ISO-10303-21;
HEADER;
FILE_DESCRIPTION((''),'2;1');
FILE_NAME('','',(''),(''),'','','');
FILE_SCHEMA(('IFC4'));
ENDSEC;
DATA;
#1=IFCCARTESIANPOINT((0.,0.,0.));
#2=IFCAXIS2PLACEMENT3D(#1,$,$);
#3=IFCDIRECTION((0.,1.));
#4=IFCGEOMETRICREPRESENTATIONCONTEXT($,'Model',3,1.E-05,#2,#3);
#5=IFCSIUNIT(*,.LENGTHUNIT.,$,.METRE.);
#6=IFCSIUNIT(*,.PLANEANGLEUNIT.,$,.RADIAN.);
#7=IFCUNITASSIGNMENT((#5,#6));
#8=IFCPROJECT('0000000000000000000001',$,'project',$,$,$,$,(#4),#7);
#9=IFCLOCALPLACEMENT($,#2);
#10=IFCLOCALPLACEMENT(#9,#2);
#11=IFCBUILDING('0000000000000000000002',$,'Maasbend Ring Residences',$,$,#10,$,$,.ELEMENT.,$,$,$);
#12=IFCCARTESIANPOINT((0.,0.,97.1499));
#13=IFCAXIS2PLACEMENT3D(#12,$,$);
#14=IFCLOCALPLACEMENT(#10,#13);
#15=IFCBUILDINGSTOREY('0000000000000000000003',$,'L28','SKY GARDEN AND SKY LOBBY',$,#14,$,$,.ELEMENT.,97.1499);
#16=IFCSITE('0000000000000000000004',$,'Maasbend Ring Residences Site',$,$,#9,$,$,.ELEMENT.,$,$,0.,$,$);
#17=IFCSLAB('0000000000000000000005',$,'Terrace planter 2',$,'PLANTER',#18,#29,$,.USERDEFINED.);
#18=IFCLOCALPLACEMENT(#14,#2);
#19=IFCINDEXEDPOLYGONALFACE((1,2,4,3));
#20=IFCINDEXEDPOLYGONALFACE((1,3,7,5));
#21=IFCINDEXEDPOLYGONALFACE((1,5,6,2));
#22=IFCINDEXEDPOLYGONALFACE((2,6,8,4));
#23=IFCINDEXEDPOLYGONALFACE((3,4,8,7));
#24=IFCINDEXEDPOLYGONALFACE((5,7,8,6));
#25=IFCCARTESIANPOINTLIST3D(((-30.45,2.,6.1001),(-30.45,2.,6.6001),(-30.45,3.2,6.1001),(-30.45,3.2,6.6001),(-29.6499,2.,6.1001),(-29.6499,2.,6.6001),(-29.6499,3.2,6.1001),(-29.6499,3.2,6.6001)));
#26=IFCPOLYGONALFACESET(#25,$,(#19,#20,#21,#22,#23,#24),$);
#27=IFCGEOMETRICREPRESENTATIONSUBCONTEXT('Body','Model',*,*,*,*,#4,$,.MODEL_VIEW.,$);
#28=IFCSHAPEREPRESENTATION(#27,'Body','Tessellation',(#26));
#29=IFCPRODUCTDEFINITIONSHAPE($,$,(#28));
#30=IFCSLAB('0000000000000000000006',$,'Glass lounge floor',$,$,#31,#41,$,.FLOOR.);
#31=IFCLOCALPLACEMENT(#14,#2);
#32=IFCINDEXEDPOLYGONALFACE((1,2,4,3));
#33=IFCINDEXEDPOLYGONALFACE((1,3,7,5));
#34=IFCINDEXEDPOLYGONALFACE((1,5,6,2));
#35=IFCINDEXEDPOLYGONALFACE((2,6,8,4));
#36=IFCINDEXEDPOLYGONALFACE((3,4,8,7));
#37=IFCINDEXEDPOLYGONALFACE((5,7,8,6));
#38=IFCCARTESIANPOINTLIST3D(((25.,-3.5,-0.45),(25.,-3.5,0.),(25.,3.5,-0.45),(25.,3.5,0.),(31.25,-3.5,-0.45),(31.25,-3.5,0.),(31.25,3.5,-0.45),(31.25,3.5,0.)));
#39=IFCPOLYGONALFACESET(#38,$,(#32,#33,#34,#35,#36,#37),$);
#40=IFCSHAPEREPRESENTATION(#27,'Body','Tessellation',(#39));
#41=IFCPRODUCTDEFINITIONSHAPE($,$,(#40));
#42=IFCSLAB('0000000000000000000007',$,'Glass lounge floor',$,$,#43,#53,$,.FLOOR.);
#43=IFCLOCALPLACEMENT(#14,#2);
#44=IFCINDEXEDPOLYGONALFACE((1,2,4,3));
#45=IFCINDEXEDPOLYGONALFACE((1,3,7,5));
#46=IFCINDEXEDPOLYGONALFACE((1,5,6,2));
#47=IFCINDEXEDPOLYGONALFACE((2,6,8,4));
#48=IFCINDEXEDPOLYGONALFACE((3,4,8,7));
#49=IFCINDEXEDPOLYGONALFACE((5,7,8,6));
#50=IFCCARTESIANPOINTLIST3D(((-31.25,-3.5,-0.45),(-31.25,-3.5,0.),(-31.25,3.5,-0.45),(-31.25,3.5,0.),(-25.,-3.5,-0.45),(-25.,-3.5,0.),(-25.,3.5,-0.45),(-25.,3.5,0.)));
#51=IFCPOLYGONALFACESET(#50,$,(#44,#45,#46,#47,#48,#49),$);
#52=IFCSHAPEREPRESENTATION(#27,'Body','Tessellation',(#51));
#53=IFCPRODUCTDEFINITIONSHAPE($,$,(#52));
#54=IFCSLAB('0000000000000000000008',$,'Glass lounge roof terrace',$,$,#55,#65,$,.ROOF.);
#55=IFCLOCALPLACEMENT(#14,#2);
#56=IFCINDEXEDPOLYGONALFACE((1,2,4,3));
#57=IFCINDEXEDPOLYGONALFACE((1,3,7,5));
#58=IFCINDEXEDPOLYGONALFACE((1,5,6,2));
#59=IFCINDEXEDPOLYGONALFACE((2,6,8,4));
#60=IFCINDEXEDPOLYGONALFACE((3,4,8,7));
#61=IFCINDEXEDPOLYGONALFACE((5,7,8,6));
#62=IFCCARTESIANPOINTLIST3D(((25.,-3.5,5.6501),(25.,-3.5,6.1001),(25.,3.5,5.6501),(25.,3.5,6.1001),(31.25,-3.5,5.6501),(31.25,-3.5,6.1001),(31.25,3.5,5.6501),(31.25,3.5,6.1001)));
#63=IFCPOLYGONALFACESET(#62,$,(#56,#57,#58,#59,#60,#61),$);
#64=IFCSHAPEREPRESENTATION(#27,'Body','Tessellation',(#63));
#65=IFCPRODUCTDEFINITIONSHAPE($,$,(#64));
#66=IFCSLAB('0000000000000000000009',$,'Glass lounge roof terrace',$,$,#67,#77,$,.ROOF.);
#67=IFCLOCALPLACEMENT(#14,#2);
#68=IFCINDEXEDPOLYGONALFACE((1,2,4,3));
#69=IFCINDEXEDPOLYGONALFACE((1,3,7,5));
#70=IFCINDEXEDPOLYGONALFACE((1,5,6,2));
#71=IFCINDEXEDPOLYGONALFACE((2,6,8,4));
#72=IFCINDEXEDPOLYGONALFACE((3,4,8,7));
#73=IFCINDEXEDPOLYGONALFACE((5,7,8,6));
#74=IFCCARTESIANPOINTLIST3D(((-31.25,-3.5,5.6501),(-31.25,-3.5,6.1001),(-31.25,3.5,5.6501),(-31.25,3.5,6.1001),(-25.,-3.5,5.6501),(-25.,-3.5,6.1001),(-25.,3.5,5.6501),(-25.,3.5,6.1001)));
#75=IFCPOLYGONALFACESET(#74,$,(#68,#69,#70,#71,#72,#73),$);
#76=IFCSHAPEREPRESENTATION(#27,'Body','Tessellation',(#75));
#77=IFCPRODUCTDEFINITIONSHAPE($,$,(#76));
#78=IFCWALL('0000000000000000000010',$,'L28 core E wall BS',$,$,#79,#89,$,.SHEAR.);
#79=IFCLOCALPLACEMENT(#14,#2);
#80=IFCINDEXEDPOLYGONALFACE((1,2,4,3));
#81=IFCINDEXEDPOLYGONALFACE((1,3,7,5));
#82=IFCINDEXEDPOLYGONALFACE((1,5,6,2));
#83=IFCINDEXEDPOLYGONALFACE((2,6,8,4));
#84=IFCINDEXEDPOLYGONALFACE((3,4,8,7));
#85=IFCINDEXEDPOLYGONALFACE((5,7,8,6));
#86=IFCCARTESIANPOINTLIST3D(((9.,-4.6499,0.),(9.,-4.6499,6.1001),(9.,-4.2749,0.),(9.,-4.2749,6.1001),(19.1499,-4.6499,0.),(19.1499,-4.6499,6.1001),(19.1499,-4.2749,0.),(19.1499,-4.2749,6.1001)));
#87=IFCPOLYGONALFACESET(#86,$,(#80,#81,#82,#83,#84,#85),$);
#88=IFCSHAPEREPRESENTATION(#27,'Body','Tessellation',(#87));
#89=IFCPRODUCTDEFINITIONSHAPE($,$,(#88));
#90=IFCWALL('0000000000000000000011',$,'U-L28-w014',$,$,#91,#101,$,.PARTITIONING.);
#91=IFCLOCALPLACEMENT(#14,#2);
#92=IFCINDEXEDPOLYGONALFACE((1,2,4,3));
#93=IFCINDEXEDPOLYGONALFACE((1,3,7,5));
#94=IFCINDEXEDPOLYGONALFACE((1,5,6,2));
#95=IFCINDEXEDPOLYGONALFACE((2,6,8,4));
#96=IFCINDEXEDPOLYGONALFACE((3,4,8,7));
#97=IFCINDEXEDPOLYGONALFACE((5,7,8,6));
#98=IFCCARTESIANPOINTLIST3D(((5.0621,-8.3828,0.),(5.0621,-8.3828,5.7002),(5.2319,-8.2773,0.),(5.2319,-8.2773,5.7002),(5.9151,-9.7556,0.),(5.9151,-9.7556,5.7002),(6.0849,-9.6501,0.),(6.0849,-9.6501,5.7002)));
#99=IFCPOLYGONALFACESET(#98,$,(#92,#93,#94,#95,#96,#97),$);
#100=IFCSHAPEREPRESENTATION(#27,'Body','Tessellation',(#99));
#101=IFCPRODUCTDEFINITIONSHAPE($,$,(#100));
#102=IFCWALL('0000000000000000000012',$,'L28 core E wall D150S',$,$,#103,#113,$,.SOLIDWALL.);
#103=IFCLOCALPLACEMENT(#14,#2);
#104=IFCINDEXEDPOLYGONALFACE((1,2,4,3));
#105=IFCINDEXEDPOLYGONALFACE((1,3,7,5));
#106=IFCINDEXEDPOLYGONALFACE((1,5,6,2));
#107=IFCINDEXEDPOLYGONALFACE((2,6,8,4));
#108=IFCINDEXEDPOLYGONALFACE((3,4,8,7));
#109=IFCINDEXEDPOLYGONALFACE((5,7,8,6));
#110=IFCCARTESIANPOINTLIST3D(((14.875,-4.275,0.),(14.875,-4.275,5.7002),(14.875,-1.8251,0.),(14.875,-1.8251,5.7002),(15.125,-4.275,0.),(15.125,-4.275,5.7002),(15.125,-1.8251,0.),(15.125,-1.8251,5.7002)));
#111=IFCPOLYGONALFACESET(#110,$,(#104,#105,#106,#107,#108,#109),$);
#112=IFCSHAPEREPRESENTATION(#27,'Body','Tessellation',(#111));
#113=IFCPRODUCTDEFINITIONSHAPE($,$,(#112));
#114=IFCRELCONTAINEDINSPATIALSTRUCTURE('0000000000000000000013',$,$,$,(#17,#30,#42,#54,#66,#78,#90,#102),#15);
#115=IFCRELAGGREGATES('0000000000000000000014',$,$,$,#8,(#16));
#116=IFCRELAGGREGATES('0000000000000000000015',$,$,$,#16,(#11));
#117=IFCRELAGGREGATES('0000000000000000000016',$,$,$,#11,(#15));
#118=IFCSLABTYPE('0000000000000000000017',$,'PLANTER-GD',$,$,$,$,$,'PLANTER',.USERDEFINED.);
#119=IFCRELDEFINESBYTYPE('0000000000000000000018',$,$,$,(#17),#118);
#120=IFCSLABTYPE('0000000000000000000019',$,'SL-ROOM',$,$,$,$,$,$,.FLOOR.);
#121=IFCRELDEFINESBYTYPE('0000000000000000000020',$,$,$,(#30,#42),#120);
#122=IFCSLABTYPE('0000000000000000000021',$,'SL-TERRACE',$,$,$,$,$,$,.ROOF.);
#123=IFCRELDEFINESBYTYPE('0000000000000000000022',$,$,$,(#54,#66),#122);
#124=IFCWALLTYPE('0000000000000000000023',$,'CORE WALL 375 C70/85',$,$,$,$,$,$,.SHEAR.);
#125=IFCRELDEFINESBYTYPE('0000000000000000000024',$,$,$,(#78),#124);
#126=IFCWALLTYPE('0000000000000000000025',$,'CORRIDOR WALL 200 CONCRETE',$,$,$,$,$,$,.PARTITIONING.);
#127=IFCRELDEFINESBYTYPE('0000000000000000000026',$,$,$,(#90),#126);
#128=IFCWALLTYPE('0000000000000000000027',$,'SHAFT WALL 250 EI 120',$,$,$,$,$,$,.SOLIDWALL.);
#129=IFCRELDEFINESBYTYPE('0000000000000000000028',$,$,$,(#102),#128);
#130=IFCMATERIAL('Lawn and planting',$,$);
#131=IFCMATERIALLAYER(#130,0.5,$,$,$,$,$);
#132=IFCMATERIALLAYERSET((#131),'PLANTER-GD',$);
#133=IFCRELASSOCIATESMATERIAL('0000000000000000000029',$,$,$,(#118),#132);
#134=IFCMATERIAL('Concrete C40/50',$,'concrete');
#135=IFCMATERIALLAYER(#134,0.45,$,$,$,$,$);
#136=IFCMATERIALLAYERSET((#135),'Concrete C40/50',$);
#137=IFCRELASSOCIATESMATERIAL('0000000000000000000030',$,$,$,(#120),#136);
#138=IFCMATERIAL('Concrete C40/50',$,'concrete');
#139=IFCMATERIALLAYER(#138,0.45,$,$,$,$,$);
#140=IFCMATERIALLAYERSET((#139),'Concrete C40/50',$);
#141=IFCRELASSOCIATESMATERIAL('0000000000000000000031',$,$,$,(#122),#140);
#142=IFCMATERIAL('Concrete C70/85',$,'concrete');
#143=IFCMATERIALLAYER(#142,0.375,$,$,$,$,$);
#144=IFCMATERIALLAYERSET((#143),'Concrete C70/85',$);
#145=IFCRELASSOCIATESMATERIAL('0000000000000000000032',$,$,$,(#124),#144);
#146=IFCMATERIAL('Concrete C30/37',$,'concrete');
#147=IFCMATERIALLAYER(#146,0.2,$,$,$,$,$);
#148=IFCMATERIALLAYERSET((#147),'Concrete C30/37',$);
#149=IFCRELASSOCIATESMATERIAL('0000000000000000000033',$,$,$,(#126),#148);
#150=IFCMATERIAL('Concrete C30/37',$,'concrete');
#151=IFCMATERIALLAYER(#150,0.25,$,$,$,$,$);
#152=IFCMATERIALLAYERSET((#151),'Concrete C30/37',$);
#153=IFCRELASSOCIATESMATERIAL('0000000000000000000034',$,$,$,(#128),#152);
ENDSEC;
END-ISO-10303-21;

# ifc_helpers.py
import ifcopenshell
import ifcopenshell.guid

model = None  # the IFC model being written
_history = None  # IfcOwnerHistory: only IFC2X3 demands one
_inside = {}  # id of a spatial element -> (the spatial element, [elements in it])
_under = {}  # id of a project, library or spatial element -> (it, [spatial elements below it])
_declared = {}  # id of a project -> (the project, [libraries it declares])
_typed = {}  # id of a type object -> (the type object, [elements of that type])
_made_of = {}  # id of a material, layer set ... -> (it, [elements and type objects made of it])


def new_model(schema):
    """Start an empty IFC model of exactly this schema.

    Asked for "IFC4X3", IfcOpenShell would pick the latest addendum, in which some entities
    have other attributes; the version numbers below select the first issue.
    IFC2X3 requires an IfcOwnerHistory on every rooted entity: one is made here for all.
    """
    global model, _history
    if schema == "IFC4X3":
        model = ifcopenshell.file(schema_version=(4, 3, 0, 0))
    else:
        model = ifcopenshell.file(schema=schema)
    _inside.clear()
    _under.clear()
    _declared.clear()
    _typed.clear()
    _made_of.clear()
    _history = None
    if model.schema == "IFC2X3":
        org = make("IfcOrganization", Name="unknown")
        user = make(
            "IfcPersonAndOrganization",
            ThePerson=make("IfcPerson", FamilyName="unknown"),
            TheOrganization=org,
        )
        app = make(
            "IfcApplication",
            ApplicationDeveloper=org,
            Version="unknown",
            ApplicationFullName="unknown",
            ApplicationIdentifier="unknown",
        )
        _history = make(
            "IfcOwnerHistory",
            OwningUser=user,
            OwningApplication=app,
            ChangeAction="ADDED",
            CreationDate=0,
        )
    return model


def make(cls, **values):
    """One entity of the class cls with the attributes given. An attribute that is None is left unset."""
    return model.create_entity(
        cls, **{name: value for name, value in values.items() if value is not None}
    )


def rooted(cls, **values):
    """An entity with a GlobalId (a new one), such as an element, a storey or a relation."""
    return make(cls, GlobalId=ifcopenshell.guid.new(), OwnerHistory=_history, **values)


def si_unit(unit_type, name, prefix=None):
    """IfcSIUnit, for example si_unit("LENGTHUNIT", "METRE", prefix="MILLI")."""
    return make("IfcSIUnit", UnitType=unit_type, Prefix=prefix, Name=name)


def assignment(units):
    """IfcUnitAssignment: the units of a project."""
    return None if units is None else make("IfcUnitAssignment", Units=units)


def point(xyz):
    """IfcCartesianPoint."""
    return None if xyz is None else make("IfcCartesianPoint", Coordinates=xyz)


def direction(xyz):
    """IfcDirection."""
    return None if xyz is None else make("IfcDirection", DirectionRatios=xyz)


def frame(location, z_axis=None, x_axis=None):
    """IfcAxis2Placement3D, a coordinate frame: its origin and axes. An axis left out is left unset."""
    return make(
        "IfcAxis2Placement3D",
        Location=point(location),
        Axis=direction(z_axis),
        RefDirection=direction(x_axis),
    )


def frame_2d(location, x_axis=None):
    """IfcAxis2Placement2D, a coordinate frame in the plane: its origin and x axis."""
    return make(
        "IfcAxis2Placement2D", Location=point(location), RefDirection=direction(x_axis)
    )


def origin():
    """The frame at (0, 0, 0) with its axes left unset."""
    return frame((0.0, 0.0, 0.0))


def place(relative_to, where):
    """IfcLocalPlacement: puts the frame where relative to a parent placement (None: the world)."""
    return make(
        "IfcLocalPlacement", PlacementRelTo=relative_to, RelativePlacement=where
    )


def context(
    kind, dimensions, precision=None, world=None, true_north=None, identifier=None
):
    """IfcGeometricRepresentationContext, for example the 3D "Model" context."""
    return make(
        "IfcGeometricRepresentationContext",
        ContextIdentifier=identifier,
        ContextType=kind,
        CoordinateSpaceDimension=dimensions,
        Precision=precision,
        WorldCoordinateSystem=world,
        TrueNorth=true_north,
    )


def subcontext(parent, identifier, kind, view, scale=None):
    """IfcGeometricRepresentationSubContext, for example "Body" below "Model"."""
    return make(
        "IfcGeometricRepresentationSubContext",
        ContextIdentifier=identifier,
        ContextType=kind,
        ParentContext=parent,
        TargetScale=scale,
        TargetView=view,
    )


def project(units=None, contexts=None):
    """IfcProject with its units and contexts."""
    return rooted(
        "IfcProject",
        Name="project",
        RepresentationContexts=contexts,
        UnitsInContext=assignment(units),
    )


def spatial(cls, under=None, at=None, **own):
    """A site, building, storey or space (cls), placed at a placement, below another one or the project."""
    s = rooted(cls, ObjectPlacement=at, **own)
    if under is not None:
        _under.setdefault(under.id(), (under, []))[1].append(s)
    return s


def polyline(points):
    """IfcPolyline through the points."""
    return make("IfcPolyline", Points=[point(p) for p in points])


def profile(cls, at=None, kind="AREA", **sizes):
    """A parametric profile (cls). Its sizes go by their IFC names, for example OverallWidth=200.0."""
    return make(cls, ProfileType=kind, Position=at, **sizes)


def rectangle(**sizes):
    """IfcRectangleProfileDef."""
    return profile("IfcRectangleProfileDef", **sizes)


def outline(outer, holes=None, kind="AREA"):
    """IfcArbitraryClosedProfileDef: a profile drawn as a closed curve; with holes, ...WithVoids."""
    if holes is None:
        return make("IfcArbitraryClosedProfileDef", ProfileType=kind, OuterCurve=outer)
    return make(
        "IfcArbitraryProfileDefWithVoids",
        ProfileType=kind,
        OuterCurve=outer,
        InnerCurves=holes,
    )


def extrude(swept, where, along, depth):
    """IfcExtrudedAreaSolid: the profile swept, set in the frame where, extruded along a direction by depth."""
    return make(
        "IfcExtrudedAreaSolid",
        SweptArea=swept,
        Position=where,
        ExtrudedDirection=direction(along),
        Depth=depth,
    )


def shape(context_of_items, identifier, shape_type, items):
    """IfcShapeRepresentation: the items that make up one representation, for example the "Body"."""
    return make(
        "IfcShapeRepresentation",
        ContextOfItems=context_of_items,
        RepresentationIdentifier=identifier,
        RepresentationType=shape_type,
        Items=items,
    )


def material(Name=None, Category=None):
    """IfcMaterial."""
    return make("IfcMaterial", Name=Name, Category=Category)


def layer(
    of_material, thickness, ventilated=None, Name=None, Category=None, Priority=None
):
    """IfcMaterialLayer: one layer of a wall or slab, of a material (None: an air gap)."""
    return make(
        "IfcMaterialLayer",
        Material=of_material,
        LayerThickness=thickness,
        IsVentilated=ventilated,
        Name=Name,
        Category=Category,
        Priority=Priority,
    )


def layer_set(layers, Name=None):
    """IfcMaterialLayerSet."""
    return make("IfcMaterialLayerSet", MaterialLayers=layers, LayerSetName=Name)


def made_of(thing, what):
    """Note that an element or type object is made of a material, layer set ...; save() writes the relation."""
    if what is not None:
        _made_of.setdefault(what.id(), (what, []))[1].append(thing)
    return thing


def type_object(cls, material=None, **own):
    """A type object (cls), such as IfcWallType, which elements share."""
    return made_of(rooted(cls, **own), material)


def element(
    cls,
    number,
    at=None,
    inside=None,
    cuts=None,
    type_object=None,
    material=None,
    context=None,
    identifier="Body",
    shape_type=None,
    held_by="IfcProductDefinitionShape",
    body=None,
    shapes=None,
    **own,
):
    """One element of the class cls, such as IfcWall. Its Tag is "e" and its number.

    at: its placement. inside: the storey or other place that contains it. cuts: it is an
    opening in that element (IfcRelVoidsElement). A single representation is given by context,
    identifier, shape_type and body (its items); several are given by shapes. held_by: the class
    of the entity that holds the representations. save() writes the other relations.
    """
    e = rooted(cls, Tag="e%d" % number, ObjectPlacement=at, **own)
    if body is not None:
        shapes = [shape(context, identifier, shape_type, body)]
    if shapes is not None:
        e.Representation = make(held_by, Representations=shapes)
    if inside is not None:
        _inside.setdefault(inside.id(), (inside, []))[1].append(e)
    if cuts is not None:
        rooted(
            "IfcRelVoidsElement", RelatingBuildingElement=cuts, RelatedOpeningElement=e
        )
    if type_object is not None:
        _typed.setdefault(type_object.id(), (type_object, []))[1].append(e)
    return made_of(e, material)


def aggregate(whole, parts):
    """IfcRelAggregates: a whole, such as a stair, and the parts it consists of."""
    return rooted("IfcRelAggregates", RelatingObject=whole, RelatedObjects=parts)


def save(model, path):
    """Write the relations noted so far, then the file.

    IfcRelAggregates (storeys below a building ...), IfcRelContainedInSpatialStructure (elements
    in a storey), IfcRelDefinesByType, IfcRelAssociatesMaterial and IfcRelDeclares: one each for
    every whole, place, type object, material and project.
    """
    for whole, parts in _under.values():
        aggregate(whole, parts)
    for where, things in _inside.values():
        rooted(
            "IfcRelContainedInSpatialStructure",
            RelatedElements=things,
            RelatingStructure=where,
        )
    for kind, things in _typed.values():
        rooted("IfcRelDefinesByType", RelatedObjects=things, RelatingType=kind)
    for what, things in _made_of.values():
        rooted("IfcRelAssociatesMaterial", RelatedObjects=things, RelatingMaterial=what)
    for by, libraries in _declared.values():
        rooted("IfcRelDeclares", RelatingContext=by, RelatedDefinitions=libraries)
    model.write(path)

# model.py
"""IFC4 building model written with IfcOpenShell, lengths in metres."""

from ifc_helpers import new_model, si_unit, direction, frame, frame_2d, origin, place, context, subcontext, project, spatial, polyline, rectangle, outline, extrude, material, layer, layer_set, type_object, element, save


model = new_model("IFC4")

# Units and contexts
model_context = context("Model", 3, precision=1e-05, world=origin(), true_north=direction((0.0, 1.0)))
body_context = subcontext(model_context, "Body", "Model", "MODEL_VIEW")
ifc_project = project(units=[si_unit("LENGTHUNIT", "METRE"), si_unit("PLANEANGLEUNIT", "RADIAN")], contexts=[model_context])

# Site, building, storey
site_placement = place(None, origin())
site = spatial("IfcSite", under=ifc_project, at=site_placement, Name="Maasbend Ring Residences Site", CompositionType="ELEMENT", RefElevation=0.0)
building_placement = place(site_placement, origin())
building = spatial("IfcBuilding", under=site, at=building_placement, Name="Maasbend Ring Residences", CompositionType="ELEMENT")
storey_placement = place(building_placement, frame((0.0, 0.0, 97.1499)))
storey = spatial("IfcBuildingStorey", under=building, at=storey_placement, Name="L28", Description="SKY GARDEN AND SKY LOBBY", CompositionType="ELEMENT", Elevation=97.1499)

# Slabs
ifc_material_1 = material(Name="Lawn and planting")
ifc_layer_1 = layer(ifc_material_1, 0.5)
ifc_layer_set_1 = layer_set([ifc_layer_1], Name="PLANTER-GD")
slab_type_1 = type_object("IfcSlabType", Name="PLANTER-GD", ElementType="PLANTER", PredefinedType="USERDEFINED", material=ifc_layer_set_1)
slab_1_placement = place(storey_placement, frame((0.0, 0.0, 6.1001)))
element("IfcSlab", 1, at=slab_1_placement, inside=storey, type_object=slab_type_1, Name="Terrace planter 2", ObjectType="PLANTER", PredefinedType="USERDEFINED", context=body_context, shape_type="SweptSolid", body=[
    extrude(outline(polyline([(-30.45, 2.0), (-29.6499, 2.0), (-29.6499, 3.2), (-30.45, 3.2), (-30.45, 2.0)])), origin(), (0.0, 0.0, 1.0), 0.5),
])
ifc_material_2 = material(Name="Concrete C40/50", Category="concrete")
ifc_layer_2 = layer(ifc_material_2, 0.45)
ifc_layer_set_2 = layer_set([ifc_layer_2], Name="Concrete C40/50")
slab_type_2 = type_object("IfcSlabType", Name="SL-ROOM", PredefinedType="FLOOR", material=ifc_layer_set_2)
slab_2_placement = place(storey_placement, frame((0.0, 0.0, -0.45)))
element("IfcSlab", 2, at=slab_2_placement, inside=storey, type_object=slab_type_2, Name="Glass lounge floor", PredefinedType="FLOOR", context=body_context, shape_type="SweptSolid", body=[
    extrude(outline(polyline([(25.0, -3.5), (31.25, -3.5), (31.25, 3.5), (25.0, 3.5), (25.0, -3.5)])), origin(), (0.0, 0.0, 1.0), 0.45),
])
slab_3_placement = place(storey_placement, frame((0.0, 0.0, -0.45)))
element("IfcSlab", 3, at=slab_3_placement, inside=storey, type_object=slab_type_2, Name="Glass lounge floor", PredefinedType="FLOOR", context=body_context, shape_type="SweptSolid", body=[
    extrude(outline(polyline([(-31.25, -3.5), (-25.0, -3.5), (-25.0, 3.5), (-31.25, 3.5), (-31.25, -3.5)])), origin(), (0.0, 0.0, 1.0), 0.45),
])
ifc_material_3 = material(Name="Concrete C40/50", Category="concrete")
ifc_layer_3 = layer(ifc_material_3, 0.45)
ifc_layer_set_3 = layer_set([ifc_layer_3], Name="Concrete C40/50")
slab_type_3 = type_object("IfcSlabType", Name="SL-TERRACE", PredefinedType="ROOF", material=ifc_layer_set_3)
slab_4_placement = place(storey_placement, frame((0.0, 0.0, 5.6501)))
element("IfcSlab", 4, at=slab_4_placement, inside=storey, type_object=slab_type_3, Name="Glass lounge roof terrace", PredefinedType="ROOF", context=body_context, shape_type="SweptSolid", body=[
    extrude(outline(polyline([(25.0, -3.5), (31.25, -3.5), (31.25, 3.5), (25.0, 3.5), (25.0, -3.5)])), origin(), (0.0, 0.0, 1.0), 0.45),
])
slab_5_placement = place(storey_placement, frame((0.0, 0.0, 5.6501)))
element("IfcSlab", 5, at=slab_5_placement, inside=storey, type_object=slab_type_3, Name="Glass lounge roof terrace", PredefinedType="ROOF", context=body_context, shape_type="SweptSolid", body=[
    extrude(outline(polyline([(-31.25, -3.5), (-25.0, -3.5), (-25.0, 3.5), (-31.25, 3.5), (-31.25, -3.5)])), origin(), (0.0, 0.0, 1.0), 0.45),
])

# Walls
ifc_material_4 = material(Name="Concrete C70/85", Category="concrete")
ifc_layer_4 = layer(ifc_material_4, 0.375)
ifc_layer_set_4 = layer_set([ifc_layer_4], Name="Concrete C70/85")
wall_type_1 = type_object("IfcWallType", Name="CORE WALL 375 C70/85", PredefinedType="SHEAR", material=ifc_layer_set_4)
wall_1_placement = place(storey_placement, frame((9.0, -4.4624, 0.0), z_axis=(0.0, 0.0, 1.0), x_axis=(1.0, 0.0, 0.0)))
element("IfcWall", 6, at=wall_1_placement, inside=storey, type_object=wall_type_1, Name="L28 core E wall BS", PredefinedType="SHEAR", context=body_context, shape_type="SweptSolid", body=[
    extrude(rectangle(XDim=10.1499, YDim=0.375, at=frame_2d((5.075, 0.0))), origin(), (0.0, 0.0, 1.0), 6.1001),
])
ifc_material_5 = material(Name="Concrete C30/37", Category="concrete")
ifc_layer_5 = layer(ifc_material_5, 0.2)
ifc_layer_set_5 = layer_set([ifc_layer_5], Name="Concrete C30/37")
wall_type_2 = type_object("IfcWallType", Name="CORRIDOR WALL 200 CONCRETE", PredefinedType="PARTITIONING", material=ifc_layer_set_5)
wall_2_placement = place(storey_placement, frame((5.147, -8.3301, 0.0), z_axis=(0.0, 0.0, 1.0), x_axis=(0.527784, -0.849379, 0.0)))
element("IfcWall", 7, at=wall_2_placement, inside=storey, type_object=wall_type_2, Name="U-L28-w014", PredefinedType="PARTITIONING", context=body_context, shape_type="SweptSolid", body=[
    extrude(rectangle(XDim=1.6162, YDim=0.2, at=frame_2d((0.8081, 0.0))), origin(), (0.0, 0.0, 1.0), 5.7002),
])
ifc_material_6 = material(Name="Concrete C30/37", Category="concrete")
ifc_layer_6 = layer(ifc_material_6, 0.25)
ifc_layer_set_6 = layer_set([ifc_layer_6], Name="Concrete C30/37")
wall_type_3 = type_object("IfcWallType", Name="SHAFT WALL 250 EI 120", PredefinedType="SOLIDWALL", material=ifc_layer_set_6)
wall_3_placement = place(storey_placement, frame((15.0, -1.825, 0.0), z_axis=(0.0, 0.0, 1.0), x_axis=(0.0, -1.0, 0.0)))
element("IfcWall", 8, at=wall_3_placement, inside=storey, type_object=wall_type_3, Name="L28 core E wall D150S", PredefinedType="SOLIDWALL", context=body_context, shape_type="SweptSolid", body=[
    extrude(rectangle(XDim=2.45, YDim=0.25, at=frame_2d((1.2251, 0.0))), origin(), (0.0, 0.0, 1.0), 5.7002),
])

save(model, "model.ifc")
